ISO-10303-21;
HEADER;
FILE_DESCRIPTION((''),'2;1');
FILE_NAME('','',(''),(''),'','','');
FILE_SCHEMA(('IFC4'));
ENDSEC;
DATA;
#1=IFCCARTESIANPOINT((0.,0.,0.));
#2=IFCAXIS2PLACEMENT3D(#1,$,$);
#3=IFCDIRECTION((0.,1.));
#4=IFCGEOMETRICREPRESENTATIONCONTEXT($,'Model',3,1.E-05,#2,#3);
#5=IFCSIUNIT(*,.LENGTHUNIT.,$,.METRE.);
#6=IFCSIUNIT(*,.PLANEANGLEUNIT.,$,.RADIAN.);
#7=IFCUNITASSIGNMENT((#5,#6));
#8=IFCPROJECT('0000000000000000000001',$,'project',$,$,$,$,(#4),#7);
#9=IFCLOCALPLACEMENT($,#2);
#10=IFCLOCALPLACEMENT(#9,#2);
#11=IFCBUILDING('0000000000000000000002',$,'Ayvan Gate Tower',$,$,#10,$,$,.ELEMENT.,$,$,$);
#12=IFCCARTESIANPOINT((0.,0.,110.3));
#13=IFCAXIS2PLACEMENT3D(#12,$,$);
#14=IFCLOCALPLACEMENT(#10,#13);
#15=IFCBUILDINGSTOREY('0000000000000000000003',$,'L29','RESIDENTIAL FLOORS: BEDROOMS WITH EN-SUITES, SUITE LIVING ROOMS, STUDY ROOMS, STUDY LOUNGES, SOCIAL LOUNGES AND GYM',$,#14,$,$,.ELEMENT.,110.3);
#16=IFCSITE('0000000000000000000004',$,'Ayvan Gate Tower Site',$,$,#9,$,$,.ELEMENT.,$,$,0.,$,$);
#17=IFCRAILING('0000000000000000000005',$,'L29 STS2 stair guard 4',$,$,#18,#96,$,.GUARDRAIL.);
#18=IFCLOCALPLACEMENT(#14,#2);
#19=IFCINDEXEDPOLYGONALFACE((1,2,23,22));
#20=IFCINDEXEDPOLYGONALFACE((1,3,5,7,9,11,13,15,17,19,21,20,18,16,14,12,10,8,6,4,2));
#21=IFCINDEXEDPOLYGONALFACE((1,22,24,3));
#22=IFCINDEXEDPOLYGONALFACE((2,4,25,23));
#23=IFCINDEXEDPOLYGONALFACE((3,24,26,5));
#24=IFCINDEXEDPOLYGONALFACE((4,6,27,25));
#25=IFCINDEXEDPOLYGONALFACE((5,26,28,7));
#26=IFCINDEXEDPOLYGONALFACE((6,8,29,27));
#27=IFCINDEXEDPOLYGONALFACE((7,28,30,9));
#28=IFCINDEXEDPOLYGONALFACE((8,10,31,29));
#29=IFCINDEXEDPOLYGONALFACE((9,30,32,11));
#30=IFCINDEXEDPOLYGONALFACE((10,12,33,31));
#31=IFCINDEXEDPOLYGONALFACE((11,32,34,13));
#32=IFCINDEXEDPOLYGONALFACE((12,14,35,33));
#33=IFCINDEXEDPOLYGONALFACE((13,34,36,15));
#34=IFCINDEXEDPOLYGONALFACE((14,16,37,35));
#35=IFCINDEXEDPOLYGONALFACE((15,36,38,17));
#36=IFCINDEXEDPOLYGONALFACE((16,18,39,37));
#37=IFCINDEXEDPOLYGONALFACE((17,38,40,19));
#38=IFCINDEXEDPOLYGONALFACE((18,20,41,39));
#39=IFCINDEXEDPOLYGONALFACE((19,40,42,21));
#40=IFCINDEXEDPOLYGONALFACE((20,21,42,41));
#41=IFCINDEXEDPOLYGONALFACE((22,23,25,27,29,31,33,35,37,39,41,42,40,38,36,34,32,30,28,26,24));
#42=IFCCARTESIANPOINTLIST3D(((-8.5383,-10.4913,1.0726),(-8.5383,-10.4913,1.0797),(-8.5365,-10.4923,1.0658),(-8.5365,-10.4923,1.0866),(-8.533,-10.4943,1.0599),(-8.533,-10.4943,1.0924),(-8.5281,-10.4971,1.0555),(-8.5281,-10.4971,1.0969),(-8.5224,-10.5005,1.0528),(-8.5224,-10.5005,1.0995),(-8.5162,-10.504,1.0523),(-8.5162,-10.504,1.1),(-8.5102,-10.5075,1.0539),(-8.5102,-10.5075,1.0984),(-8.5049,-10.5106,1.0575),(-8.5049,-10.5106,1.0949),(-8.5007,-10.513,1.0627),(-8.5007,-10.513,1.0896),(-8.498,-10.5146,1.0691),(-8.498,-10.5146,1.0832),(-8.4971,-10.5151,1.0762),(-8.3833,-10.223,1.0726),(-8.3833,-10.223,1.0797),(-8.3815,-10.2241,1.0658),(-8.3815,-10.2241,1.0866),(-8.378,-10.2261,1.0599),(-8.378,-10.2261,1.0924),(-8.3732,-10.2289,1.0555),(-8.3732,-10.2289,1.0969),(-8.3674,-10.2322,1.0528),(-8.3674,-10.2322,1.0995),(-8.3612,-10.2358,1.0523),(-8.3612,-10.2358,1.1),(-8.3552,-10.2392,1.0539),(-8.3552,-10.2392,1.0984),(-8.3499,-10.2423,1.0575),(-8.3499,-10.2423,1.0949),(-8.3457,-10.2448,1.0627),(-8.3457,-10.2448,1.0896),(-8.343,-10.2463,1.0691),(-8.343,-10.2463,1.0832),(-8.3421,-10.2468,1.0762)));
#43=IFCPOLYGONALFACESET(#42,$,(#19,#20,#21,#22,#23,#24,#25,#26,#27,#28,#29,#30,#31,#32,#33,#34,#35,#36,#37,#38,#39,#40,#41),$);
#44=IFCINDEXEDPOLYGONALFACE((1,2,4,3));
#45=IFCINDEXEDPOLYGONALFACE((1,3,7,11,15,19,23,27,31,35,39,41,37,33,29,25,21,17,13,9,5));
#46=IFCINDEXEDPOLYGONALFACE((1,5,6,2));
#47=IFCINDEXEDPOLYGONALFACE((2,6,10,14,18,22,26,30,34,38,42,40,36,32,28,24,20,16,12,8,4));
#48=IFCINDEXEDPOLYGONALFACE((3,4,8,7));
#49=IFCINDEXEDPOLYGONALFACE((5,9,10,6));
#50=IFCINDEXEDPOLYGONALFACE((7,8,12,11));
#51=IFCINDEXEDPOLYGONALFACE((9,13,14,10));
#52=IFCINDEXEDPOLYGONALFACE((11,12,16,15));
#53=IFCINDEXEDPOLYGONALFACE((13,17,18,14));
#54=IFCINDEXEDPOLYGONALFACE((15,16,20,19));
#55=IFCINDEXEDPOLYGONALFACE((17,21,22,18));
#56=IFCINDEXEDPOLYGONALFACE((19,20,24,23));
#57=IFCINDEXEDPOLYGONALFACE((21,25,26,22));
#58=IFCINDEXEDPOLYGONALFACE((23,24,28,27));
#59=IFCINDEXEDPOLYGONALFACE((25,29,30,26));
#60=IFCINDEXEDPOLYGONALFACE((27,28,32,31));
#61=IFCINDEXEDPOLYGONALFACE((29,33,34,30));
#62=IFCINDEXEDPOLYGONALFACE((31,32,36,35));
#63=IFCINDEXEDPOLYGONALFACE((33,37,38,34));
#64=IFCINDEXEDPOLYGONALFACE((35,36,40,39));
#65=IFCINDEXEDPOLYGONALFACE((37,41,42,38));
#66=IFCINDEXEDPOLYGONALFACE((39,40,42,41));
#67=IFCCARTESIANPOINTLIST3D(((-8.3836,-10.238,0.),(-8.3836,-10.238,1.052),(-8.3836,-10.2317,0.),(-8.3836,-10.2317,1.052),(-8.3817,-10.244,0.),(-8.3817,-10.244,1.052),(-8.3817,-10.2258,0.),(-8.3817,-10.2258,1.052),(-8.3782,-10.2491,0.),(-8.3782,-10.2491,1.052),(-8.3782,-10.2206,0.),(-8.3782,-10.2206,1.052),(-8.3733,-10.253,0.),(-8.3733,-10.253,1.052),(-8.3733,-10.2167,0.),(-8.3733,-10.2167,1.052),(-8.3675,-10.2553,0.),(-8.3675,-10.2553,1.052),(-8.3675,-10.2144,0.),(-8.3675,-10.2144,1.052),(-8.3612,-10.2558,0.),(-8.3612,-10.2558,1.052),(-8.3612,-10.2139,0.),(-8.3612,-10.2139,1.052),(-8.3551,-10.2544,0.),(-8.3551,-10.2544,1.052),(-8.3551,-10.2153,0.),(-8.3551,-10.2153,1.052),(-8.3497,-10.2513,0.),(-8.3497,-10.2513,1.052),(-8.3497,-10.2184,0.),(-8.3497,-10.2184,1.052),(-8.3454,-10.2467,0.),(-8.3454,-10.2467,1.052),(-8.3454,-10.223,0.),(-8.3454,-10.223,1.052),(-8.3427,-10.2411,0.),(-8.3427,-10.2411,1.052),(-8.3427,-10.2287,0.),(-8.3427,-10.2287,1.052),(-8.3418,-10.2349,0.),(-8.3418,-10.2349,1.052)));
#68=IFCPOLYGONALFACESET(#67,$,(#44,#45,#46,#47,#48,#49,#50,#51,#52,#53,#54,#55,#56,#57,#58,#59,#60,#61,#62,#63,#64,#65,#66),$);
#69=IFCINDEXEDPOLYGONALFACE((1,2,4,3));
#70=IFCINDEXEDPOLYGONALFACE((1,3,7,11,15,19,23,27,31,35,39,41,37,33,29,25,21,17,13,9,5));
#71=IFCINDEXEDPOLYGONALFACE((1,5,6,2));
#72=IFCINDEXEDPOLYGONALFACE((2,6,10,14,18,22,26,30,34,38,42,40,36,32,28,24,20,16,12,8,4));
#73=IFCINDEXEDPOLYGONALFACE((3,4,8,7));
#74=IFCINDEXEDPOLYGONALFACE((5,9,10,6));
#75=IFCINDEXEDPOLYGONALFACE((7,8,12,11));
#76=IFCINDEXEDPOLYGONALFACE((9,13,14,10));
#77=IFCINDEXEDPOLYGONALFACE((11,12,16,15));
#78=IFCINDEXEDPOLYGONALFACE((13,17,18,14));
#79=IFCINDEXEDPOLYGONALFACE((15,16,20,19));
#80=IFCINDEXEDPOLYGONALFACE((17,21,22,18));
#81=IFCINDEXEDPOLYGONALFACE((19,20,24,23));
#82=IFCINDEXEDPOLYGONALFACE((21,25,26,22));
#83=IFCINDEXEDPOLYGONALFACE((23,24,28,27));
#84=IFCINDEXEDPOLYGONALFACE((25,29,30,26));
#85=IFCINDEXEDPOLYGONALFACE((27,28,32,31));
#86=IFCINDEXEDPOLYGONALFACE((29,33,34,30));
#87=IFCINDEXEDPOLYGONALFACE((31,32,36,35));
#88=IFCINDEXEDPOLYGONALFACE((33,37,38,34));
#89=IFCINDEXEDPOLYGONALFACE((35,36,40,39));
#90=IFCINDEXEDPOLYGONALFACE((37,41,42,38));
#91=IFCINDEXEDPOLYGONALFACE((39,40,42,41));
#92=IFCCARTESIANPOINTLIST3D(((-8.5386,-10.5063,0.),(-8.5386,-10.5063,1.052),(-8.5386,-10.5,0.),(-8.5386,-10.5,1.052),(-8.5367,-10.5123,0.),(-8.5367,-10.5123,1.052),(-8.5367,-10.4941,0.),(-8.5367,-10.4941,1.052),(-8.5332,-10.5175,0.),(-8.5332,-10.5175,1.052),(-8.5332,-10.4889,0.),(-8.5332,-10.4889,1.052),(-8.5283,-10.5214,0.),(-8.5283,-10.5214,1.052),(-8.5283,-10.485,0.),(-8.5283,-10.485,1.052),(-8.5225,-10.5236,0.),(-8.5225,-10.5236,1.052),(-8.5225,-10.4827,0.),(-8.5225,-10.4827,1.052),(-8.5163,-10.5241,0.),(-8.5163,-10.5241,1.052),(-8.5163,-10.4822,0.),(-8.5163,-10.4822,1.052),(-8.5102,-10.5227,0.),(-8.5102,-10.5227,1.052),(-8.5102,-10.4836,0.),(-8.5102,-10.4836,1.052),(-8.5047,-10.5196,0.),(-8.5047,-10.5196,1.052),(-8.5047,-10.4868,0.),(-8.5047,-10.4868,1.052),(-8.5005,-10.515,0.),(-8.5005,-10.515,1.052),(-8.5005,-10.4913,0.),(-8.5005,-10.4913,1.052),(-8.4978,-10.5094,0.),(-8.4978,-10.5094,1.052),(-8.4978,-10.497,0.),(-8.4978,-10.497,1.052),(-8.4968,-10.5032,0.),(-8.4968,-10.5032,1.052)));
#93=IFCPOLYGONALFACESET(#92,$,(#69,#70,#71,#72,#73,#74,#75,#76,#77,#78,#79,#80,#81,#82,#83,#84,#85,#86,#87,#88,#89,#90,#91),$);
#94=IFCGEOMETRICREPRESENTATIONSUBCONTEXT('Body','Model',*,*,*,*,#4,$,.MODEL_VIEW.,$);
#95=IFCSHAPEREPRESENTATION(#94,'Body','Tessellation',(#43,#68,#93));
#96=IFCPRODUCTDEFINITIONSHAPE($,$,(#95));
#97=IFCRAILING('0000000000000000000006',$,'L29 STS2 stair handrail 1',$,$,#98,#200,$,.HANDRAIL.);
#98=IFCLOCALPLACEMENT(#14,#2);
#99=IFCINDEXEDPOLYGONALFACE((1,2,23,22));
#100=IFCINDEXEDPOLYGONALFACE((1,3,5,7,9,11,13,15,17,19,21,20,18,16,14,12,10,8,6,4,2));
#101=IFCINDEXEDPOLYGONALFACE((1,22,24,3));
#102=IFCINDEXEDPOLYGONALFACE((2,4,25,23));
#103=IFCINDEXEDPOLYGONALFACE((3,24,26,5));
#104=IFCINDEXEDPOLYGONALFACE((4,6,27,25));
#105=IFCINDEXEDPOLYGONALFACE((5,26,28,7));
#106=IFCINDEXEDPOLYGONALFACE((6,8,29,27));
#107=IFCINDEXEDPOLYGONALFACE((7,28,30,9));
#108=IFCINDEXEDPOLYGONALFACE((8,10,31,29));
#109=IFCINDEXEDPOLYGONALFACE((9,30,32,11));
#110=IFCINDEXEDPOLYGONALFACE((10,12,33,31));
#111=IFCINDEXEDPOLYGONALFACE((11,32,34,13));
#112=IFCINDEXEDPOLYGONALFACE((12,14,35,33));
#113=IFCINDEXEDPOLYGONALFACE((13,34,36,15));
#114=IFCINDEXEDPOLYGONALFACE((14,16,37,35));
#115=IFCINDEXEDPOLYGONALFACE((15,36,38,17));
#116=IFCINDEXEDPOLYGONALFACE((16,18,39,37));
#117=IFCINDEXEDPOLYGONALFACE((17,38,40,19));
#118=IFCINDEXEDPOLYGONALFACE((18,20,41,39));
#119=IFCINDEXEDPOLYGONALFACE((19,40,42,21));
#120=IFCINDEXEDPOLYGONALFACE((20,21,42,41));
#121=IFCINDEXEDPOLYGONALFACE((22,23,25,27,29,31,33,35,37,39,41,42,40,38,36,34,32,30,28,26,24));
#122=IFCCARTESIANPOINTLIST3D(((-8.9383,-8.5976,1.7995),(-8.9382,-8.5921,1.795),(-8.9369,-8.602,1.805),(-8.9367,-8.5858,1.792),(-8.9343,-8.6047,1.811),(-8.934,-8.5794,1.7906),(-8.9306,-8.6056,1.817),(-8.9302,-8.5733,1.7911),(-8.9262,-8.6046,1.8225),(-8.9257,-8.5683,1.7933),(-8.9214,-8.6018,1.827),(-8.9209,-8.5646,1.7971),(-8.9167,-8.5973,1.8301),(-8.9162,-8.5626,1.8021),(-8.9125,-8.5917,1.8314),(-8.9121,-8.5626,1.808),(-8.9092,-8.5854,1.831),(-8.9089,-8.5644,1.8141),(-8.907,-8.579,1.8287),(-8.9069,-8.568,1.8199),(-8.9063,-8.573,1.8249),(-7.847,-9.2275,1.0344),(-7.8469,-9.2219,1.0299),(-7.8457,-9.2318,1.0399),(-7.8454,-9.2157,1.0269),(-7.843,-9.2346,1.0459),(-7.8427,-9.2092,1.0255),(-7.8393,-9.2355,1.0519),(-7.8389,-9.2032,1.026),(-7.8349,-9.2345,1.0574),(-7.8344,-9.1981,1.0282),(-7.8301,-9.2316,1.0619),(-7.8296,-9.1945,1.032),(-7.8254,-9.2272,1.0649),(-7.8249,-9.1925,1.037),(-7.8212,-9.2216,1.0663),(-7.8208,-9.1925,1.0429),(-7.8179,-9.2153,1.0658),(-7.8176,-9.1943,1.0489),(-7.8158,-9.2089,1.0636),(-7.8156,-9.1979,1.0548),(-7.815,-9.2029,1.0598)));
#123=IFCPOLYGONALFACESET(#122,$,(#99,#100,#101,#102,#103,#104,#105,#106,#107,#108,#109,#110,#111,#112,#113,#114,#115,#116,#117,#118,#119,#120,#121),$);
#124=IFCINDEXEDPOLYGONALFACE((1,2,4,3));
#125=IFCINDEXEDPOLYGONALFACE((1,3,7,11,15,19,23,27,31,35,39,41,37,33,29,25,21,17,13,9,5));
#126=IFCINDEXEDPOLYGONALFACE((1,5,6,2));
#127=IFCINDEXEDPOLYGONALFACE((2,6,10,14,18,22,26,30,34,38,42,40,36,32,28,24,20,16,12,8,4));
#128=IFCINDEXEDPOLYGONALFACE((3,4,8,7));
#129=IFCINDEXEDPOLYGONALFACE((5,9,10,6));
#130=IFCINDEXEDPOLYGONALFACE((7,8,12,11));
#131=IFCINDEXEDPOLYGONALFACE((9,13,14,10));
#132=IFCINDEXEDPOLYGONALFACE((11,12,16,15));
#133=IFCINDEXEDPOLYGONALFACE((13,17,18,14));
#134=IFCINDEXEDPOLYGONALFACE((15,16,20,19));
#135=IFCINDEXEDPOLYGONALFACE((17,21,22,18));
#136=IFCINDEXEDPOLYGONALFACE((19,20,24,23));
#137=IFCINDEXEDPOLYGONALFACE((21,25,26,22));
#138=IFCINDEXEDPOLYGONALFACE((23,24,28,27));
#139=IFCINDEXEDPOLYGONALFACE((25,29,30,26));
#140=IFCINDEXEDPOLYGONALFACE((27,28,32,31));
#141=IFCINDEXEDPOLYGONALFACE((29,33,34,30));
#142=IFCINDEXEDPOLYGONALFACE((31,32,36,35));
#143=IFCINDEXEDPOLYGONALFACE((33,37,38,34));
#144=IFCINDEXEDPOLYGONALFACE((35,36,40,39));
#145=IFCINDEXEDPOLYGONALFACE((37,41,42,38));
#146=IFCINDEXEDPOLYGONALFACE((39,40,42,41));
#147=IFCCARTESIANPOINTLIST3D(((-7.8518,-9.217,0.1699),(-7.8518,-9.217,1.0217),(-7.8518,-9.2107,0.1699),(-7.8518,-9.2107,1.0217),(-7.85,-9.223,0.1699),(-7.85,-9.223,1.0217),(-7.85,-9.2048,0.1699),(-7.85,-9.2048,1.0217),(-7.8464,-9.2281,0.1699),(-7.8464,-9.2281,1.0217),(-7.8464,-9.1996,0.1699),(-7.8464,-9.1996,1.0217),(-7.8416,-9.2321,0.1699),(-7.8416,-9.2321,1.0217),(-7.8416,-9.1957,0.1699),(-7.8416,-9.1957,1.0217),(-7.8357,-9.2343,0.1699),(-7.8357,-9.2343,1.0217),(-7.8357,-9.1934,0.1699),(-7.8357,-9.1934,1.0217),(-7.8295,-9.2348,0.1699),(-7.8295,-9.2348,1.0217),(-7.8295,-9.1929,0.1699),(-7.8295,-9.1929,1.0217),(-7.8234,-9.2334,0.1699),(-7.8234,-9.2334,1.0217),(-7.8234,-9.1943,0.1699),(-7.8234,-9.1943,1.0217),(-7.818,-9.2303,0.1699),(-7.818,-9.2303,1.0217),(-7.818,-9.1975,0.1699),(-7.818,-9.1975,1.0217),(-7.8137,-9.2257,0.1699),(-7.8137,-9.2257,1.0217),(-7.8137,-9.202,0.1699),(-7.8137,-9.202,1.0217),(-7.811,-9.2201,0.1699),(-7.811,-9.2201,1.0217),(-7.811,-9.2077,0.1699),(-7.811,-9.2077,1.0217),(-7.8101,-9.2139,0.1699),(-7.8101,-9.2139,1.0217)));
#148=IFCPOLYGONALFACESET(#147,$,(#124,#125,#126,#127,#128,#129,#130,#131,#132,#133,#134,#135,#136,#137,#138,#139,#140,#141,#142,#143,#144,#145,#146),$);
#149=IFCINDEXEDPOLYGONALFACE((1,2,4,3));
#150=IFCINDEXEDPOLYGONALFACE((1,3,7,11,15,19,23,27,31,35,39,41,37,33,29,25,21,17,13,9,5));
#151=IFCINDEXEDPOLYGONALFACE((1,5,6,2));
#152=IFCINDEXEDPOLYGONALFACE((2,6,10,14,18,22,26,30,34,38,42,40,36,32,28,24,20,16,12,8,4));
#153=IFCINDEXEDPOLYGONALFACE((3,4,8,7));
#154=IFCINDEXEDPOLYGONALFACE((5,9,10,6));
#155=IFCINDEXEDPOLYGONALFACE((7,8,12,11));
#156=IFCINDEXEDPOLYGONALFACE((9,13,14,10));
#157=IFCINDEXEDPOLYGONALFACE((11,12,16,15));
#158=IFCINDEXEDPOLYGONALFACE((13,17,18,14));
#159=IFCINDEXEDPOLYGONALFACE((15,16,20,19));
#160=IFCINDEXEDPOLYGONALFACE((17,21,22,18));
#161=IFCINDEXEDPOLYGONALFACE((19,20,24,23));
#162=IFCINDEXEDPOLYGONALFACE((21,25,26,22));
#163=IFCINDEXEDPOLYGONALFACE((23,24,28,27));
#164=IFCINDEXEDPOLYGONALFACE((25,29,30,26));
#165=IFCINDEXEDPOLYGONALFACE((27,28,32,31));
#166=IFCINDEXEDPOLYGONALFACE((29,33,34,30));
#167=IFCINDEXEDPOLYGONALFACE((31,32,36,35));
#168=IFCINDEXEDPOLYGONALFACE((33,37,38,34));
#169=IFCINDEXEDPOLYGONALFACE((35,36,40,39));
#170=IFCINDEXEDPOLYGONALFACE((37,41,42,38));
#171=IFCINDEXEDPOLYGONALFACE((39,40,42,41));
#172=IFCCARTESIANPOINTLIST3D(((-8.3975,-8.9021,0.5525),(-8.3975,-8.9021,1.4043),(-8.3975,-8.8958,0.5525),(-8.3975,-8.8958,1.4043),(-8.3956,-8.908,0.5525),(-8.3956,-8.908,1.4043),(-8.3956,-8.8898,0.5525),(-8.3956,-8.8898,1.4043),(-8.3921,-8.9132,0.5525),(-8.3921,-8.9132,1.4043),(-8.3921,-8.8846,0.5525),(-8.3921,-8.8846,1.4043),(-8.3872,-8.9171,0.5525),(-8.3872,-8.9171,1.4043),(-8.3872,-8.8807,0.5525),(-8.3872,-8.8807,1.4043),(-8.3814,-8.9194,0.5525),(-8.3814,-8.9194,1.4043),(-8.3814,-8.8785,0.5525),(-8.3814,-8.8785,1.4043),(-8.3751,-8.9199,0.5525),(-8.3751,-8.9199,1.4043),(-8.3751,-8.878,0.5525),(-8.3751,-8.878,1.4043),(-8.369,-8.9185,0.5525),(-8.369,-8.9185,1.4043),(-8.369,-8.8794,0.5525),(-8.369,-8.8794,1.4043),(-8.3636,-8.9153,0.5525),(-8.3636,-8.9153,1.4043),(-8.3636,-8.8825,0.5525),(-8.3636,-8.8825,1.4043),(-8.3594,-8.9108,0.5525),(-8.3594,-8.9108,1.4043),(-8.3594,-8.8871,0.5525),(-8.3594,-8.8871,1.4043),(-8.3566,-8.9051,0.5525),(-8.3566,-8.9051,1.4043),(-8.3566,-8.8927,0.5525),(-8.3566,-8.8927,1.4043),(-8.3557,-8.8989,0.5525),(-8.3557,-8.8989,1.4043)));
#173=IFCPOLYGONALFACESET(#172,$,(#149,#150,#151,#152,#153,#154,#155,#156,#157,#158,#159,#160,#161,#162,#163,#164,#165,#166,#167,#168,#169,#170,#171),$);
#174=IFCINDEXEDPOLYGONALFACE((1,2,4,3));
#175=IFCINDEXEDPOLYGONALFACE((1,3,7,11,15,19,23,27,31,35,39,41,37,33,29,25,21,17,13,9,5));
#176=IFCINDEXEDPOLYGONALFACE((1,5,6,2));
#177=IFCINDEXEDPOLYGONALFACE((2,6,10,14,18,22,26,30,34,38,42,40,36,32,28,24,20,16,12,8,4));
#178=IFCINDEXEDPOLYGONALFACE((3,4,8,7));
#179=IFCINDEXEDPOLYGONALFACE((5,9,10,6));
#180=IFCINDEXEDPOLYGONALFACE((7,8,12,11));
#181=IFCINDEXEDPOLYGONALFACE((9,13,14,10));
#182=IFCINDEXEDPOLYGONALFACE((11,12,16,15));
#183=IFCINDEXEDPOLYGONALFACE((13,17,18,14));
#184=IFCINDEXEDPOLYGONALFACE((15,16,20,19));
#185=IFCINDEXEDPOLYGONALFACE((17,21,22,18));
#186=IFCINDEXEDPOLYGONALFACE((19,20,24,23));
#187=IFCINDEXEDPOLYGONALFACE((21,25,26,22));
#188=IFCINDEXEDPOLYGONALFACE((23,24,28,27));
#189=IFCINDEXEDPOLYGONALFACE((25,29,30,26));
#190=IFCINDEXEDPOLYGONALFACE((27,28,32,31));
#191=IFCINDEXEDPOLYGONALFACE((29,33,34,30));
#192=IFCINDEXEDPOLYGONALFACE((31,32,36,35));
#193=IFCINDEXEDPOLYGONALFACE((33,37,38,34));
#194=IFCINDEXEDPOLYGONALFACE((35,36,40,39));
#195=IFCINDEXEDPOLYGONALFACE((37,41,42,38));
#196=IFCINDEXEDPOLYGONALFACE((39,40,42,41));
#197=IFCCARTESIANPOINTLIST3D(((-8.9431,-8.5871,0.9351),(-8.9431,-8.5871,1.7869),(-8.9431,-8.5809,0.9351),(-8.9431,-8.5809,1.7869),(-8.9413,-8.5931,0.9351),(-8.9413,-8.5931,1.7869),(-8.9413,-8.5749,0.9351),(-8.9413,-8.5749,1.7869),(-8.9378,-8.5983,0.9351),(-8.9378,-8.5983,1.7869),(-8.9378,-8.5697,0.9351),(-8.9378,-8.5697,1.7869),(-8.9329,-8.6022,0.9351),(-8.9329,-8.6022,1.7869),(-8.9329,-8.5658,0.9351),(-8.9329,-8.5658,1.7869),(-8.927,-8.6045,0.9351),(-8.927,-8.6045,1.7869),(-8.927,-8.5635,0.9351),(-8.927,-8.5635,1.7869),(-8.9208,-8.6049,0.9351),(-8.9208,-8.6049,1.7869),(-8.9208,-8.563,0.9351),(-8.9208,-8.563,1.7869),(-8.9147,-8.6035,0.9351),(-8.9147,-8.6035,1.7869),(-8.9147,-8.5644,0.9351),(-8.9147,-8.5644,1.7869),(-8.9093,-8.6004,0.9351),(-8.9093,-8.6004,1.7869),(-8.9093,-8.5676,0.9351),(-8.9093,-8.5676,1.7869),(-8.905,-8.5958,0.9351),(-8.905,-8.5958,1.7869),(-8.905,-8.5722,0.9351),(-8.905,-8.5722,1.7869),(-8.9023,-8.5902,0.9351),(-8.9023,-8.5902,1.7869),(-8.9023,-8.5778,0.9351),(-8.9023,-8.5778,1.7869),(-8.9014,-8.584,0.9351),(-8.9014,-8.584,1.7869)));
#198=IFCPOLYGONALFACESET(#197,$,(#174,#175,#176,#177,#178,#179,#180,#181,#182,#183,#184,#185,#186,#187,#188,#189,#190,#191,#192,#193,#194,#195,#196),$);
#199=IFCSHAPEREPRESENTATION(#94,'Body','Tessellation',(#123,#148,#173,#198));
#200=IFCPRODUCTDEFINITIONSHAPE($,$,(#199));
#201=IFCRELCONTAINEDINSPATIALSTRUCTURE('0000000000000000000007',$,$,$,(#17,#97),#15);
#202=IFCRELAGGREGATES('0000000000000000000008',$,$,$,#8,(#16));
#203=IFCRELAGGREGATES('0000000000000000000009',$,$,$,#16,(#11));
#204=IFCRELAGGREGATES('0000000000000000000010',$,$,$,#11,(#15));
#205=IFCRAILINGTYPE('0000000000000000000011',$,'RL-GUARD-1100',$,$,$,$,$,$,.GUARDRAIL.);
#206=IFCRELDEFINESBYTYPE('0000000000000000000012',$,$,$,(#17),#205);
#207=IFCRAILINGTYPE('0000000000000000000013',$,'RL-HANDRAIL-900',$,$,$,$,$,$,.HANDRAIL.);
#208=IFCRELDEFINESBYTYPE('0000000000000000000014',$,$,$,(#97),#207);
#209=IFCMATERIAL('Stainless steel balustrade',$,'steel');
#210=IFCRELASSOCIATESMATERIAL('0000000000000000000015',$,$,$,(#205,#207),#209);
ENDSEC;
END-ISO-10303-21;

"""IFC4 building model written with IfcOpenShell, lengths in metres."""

from ifc_helpers import new_model, si_unit, direction, frame, origin, origin_2d, place, context, subcontext, project, spatial, circle, extrude, material, type_object, element, save


model = new_model("IFC4")

# Units and contexts
model_context = context("Model", 3, precision=1e-05, world=origin(), true_north=direction((0.0, 1.0)))
body_context = subcontext(model_context, "Body", "Model", "MODEL_VIEW")
ifc_project = project(units=[si_unit("LENGTHUNIT", "METRE"), si_unit("PLANEANGLEUNIT", "RADIAN")], contexts=[model_context])

# Site, building, storey
site_placement = place(None, origin())
site = spatial("IfcSite", under=ifc_project, at=site_placement, Name="Ayvan Gate Tower Site", CompositionType="ELEMENT", RefElevation=0.0)
building_placement = place(site_placement, origin())
building = spatial("IfcBuilding", under=site, at=building_placement, Name="Ayvan Gate Tower", CompositionType="ELEMENT")
storey_placement = place(building_placement, frame((0.0, 0.0, 110.3)))
storey = spatial("IfcBuildingStorey", under=building, at=storey_placement, Name="L29", Description="RESIDENTIAL FLOORS: BEDROOMS WITH EN-SUITES, SUITE LIVING ROOMS, STUDY ROOMS, STUDY LOUNGES, SOCIAL LOUNGES AND GYM", CompositionType="ELEMENT", Elevation=110.3)

# Railings
ifc_material_1 = material(Name="Stainless steel balustrade", Category="steel")
railing_type_1 = type_object("IfcRailingType", Name="RL-GUARD-1100", PredefinedType="GUARDRAIL", material=ifc_material_1)
railing_1_placement = place(storey_placement, frame((-8.3628, -10.2349, 0.0)))
element("IfcRailing", 1, at=railing_1_placement, inside=storey, type_object=railing_type_1, Name="L29 STS2 stair guard 4", PredefinedType="GUARDRAIL", context=body_context, shape_type="SweptSolid", body=[
    extrude(circle(Radius=0.0239, at=origin_2d()), frame((0.0, 0.0, 1.0762), z_axis=(-0.500291, -0.865857, 0.0), x_axis=(0.865857, -0.500291, 0.0)), (0.0, 0.0, 1.0), 0.3098),
    extrude(circle(Radius=0.021, at=origin_2d()), origin(), (0.0, 0.0, 1.0), 1.052),
    extrude(circle(Radius=0.021, at=origin_2d()), frame((-0.155, -0.2683, 0.0)), (0.0, 0.0, 1.0), 1.052),
])
railing_type_2 = type_object("IfcRailingType", Name="RL-HANDRAIL-900", PredefinedType="HANDRAIL", material=ifc_material_1)
railing_2_placement = place(storey_placement, frame((-7.8311, -9.2139, 0.1699)))
element("IfcRailing", 2, at=railing_2_placement, inside=storey, type_object=railing_type_2, Name="L29 STS2 stair handrail 1", PredefinedType="HANDRAIL", context=body_context, shape_type="SweptSolid", body=[
    extrude(circle(Radius=0.0239, at=origin_2d()), frame((0.0, 0.0, 0.876), z_axis=(-0.740293, 0.427283, 0.519033), x_axis=(-0.49989, -0.866089, 0.0)), (0.0, 0.0, 1.0), 1.4741),
    extrude(circle(Radius=0.021, at=origin_2d()), origin(), (0.0, 0.0, 1.0), 0.8518),
    extrude(circle(Radius=0.021, at=origin_2d()), frame((-0.5457, 0.3149, 0.3826)), (0.0, 0.0, 1.0), 0.8518),
    extrude(circle(Radius=0.021, at=origin_2d()), frame((-1.0913, 0.6299, 0.7651)), (0.0, 0.0, 1.0), 0.8518),
])

save(model, "model.ifc")
